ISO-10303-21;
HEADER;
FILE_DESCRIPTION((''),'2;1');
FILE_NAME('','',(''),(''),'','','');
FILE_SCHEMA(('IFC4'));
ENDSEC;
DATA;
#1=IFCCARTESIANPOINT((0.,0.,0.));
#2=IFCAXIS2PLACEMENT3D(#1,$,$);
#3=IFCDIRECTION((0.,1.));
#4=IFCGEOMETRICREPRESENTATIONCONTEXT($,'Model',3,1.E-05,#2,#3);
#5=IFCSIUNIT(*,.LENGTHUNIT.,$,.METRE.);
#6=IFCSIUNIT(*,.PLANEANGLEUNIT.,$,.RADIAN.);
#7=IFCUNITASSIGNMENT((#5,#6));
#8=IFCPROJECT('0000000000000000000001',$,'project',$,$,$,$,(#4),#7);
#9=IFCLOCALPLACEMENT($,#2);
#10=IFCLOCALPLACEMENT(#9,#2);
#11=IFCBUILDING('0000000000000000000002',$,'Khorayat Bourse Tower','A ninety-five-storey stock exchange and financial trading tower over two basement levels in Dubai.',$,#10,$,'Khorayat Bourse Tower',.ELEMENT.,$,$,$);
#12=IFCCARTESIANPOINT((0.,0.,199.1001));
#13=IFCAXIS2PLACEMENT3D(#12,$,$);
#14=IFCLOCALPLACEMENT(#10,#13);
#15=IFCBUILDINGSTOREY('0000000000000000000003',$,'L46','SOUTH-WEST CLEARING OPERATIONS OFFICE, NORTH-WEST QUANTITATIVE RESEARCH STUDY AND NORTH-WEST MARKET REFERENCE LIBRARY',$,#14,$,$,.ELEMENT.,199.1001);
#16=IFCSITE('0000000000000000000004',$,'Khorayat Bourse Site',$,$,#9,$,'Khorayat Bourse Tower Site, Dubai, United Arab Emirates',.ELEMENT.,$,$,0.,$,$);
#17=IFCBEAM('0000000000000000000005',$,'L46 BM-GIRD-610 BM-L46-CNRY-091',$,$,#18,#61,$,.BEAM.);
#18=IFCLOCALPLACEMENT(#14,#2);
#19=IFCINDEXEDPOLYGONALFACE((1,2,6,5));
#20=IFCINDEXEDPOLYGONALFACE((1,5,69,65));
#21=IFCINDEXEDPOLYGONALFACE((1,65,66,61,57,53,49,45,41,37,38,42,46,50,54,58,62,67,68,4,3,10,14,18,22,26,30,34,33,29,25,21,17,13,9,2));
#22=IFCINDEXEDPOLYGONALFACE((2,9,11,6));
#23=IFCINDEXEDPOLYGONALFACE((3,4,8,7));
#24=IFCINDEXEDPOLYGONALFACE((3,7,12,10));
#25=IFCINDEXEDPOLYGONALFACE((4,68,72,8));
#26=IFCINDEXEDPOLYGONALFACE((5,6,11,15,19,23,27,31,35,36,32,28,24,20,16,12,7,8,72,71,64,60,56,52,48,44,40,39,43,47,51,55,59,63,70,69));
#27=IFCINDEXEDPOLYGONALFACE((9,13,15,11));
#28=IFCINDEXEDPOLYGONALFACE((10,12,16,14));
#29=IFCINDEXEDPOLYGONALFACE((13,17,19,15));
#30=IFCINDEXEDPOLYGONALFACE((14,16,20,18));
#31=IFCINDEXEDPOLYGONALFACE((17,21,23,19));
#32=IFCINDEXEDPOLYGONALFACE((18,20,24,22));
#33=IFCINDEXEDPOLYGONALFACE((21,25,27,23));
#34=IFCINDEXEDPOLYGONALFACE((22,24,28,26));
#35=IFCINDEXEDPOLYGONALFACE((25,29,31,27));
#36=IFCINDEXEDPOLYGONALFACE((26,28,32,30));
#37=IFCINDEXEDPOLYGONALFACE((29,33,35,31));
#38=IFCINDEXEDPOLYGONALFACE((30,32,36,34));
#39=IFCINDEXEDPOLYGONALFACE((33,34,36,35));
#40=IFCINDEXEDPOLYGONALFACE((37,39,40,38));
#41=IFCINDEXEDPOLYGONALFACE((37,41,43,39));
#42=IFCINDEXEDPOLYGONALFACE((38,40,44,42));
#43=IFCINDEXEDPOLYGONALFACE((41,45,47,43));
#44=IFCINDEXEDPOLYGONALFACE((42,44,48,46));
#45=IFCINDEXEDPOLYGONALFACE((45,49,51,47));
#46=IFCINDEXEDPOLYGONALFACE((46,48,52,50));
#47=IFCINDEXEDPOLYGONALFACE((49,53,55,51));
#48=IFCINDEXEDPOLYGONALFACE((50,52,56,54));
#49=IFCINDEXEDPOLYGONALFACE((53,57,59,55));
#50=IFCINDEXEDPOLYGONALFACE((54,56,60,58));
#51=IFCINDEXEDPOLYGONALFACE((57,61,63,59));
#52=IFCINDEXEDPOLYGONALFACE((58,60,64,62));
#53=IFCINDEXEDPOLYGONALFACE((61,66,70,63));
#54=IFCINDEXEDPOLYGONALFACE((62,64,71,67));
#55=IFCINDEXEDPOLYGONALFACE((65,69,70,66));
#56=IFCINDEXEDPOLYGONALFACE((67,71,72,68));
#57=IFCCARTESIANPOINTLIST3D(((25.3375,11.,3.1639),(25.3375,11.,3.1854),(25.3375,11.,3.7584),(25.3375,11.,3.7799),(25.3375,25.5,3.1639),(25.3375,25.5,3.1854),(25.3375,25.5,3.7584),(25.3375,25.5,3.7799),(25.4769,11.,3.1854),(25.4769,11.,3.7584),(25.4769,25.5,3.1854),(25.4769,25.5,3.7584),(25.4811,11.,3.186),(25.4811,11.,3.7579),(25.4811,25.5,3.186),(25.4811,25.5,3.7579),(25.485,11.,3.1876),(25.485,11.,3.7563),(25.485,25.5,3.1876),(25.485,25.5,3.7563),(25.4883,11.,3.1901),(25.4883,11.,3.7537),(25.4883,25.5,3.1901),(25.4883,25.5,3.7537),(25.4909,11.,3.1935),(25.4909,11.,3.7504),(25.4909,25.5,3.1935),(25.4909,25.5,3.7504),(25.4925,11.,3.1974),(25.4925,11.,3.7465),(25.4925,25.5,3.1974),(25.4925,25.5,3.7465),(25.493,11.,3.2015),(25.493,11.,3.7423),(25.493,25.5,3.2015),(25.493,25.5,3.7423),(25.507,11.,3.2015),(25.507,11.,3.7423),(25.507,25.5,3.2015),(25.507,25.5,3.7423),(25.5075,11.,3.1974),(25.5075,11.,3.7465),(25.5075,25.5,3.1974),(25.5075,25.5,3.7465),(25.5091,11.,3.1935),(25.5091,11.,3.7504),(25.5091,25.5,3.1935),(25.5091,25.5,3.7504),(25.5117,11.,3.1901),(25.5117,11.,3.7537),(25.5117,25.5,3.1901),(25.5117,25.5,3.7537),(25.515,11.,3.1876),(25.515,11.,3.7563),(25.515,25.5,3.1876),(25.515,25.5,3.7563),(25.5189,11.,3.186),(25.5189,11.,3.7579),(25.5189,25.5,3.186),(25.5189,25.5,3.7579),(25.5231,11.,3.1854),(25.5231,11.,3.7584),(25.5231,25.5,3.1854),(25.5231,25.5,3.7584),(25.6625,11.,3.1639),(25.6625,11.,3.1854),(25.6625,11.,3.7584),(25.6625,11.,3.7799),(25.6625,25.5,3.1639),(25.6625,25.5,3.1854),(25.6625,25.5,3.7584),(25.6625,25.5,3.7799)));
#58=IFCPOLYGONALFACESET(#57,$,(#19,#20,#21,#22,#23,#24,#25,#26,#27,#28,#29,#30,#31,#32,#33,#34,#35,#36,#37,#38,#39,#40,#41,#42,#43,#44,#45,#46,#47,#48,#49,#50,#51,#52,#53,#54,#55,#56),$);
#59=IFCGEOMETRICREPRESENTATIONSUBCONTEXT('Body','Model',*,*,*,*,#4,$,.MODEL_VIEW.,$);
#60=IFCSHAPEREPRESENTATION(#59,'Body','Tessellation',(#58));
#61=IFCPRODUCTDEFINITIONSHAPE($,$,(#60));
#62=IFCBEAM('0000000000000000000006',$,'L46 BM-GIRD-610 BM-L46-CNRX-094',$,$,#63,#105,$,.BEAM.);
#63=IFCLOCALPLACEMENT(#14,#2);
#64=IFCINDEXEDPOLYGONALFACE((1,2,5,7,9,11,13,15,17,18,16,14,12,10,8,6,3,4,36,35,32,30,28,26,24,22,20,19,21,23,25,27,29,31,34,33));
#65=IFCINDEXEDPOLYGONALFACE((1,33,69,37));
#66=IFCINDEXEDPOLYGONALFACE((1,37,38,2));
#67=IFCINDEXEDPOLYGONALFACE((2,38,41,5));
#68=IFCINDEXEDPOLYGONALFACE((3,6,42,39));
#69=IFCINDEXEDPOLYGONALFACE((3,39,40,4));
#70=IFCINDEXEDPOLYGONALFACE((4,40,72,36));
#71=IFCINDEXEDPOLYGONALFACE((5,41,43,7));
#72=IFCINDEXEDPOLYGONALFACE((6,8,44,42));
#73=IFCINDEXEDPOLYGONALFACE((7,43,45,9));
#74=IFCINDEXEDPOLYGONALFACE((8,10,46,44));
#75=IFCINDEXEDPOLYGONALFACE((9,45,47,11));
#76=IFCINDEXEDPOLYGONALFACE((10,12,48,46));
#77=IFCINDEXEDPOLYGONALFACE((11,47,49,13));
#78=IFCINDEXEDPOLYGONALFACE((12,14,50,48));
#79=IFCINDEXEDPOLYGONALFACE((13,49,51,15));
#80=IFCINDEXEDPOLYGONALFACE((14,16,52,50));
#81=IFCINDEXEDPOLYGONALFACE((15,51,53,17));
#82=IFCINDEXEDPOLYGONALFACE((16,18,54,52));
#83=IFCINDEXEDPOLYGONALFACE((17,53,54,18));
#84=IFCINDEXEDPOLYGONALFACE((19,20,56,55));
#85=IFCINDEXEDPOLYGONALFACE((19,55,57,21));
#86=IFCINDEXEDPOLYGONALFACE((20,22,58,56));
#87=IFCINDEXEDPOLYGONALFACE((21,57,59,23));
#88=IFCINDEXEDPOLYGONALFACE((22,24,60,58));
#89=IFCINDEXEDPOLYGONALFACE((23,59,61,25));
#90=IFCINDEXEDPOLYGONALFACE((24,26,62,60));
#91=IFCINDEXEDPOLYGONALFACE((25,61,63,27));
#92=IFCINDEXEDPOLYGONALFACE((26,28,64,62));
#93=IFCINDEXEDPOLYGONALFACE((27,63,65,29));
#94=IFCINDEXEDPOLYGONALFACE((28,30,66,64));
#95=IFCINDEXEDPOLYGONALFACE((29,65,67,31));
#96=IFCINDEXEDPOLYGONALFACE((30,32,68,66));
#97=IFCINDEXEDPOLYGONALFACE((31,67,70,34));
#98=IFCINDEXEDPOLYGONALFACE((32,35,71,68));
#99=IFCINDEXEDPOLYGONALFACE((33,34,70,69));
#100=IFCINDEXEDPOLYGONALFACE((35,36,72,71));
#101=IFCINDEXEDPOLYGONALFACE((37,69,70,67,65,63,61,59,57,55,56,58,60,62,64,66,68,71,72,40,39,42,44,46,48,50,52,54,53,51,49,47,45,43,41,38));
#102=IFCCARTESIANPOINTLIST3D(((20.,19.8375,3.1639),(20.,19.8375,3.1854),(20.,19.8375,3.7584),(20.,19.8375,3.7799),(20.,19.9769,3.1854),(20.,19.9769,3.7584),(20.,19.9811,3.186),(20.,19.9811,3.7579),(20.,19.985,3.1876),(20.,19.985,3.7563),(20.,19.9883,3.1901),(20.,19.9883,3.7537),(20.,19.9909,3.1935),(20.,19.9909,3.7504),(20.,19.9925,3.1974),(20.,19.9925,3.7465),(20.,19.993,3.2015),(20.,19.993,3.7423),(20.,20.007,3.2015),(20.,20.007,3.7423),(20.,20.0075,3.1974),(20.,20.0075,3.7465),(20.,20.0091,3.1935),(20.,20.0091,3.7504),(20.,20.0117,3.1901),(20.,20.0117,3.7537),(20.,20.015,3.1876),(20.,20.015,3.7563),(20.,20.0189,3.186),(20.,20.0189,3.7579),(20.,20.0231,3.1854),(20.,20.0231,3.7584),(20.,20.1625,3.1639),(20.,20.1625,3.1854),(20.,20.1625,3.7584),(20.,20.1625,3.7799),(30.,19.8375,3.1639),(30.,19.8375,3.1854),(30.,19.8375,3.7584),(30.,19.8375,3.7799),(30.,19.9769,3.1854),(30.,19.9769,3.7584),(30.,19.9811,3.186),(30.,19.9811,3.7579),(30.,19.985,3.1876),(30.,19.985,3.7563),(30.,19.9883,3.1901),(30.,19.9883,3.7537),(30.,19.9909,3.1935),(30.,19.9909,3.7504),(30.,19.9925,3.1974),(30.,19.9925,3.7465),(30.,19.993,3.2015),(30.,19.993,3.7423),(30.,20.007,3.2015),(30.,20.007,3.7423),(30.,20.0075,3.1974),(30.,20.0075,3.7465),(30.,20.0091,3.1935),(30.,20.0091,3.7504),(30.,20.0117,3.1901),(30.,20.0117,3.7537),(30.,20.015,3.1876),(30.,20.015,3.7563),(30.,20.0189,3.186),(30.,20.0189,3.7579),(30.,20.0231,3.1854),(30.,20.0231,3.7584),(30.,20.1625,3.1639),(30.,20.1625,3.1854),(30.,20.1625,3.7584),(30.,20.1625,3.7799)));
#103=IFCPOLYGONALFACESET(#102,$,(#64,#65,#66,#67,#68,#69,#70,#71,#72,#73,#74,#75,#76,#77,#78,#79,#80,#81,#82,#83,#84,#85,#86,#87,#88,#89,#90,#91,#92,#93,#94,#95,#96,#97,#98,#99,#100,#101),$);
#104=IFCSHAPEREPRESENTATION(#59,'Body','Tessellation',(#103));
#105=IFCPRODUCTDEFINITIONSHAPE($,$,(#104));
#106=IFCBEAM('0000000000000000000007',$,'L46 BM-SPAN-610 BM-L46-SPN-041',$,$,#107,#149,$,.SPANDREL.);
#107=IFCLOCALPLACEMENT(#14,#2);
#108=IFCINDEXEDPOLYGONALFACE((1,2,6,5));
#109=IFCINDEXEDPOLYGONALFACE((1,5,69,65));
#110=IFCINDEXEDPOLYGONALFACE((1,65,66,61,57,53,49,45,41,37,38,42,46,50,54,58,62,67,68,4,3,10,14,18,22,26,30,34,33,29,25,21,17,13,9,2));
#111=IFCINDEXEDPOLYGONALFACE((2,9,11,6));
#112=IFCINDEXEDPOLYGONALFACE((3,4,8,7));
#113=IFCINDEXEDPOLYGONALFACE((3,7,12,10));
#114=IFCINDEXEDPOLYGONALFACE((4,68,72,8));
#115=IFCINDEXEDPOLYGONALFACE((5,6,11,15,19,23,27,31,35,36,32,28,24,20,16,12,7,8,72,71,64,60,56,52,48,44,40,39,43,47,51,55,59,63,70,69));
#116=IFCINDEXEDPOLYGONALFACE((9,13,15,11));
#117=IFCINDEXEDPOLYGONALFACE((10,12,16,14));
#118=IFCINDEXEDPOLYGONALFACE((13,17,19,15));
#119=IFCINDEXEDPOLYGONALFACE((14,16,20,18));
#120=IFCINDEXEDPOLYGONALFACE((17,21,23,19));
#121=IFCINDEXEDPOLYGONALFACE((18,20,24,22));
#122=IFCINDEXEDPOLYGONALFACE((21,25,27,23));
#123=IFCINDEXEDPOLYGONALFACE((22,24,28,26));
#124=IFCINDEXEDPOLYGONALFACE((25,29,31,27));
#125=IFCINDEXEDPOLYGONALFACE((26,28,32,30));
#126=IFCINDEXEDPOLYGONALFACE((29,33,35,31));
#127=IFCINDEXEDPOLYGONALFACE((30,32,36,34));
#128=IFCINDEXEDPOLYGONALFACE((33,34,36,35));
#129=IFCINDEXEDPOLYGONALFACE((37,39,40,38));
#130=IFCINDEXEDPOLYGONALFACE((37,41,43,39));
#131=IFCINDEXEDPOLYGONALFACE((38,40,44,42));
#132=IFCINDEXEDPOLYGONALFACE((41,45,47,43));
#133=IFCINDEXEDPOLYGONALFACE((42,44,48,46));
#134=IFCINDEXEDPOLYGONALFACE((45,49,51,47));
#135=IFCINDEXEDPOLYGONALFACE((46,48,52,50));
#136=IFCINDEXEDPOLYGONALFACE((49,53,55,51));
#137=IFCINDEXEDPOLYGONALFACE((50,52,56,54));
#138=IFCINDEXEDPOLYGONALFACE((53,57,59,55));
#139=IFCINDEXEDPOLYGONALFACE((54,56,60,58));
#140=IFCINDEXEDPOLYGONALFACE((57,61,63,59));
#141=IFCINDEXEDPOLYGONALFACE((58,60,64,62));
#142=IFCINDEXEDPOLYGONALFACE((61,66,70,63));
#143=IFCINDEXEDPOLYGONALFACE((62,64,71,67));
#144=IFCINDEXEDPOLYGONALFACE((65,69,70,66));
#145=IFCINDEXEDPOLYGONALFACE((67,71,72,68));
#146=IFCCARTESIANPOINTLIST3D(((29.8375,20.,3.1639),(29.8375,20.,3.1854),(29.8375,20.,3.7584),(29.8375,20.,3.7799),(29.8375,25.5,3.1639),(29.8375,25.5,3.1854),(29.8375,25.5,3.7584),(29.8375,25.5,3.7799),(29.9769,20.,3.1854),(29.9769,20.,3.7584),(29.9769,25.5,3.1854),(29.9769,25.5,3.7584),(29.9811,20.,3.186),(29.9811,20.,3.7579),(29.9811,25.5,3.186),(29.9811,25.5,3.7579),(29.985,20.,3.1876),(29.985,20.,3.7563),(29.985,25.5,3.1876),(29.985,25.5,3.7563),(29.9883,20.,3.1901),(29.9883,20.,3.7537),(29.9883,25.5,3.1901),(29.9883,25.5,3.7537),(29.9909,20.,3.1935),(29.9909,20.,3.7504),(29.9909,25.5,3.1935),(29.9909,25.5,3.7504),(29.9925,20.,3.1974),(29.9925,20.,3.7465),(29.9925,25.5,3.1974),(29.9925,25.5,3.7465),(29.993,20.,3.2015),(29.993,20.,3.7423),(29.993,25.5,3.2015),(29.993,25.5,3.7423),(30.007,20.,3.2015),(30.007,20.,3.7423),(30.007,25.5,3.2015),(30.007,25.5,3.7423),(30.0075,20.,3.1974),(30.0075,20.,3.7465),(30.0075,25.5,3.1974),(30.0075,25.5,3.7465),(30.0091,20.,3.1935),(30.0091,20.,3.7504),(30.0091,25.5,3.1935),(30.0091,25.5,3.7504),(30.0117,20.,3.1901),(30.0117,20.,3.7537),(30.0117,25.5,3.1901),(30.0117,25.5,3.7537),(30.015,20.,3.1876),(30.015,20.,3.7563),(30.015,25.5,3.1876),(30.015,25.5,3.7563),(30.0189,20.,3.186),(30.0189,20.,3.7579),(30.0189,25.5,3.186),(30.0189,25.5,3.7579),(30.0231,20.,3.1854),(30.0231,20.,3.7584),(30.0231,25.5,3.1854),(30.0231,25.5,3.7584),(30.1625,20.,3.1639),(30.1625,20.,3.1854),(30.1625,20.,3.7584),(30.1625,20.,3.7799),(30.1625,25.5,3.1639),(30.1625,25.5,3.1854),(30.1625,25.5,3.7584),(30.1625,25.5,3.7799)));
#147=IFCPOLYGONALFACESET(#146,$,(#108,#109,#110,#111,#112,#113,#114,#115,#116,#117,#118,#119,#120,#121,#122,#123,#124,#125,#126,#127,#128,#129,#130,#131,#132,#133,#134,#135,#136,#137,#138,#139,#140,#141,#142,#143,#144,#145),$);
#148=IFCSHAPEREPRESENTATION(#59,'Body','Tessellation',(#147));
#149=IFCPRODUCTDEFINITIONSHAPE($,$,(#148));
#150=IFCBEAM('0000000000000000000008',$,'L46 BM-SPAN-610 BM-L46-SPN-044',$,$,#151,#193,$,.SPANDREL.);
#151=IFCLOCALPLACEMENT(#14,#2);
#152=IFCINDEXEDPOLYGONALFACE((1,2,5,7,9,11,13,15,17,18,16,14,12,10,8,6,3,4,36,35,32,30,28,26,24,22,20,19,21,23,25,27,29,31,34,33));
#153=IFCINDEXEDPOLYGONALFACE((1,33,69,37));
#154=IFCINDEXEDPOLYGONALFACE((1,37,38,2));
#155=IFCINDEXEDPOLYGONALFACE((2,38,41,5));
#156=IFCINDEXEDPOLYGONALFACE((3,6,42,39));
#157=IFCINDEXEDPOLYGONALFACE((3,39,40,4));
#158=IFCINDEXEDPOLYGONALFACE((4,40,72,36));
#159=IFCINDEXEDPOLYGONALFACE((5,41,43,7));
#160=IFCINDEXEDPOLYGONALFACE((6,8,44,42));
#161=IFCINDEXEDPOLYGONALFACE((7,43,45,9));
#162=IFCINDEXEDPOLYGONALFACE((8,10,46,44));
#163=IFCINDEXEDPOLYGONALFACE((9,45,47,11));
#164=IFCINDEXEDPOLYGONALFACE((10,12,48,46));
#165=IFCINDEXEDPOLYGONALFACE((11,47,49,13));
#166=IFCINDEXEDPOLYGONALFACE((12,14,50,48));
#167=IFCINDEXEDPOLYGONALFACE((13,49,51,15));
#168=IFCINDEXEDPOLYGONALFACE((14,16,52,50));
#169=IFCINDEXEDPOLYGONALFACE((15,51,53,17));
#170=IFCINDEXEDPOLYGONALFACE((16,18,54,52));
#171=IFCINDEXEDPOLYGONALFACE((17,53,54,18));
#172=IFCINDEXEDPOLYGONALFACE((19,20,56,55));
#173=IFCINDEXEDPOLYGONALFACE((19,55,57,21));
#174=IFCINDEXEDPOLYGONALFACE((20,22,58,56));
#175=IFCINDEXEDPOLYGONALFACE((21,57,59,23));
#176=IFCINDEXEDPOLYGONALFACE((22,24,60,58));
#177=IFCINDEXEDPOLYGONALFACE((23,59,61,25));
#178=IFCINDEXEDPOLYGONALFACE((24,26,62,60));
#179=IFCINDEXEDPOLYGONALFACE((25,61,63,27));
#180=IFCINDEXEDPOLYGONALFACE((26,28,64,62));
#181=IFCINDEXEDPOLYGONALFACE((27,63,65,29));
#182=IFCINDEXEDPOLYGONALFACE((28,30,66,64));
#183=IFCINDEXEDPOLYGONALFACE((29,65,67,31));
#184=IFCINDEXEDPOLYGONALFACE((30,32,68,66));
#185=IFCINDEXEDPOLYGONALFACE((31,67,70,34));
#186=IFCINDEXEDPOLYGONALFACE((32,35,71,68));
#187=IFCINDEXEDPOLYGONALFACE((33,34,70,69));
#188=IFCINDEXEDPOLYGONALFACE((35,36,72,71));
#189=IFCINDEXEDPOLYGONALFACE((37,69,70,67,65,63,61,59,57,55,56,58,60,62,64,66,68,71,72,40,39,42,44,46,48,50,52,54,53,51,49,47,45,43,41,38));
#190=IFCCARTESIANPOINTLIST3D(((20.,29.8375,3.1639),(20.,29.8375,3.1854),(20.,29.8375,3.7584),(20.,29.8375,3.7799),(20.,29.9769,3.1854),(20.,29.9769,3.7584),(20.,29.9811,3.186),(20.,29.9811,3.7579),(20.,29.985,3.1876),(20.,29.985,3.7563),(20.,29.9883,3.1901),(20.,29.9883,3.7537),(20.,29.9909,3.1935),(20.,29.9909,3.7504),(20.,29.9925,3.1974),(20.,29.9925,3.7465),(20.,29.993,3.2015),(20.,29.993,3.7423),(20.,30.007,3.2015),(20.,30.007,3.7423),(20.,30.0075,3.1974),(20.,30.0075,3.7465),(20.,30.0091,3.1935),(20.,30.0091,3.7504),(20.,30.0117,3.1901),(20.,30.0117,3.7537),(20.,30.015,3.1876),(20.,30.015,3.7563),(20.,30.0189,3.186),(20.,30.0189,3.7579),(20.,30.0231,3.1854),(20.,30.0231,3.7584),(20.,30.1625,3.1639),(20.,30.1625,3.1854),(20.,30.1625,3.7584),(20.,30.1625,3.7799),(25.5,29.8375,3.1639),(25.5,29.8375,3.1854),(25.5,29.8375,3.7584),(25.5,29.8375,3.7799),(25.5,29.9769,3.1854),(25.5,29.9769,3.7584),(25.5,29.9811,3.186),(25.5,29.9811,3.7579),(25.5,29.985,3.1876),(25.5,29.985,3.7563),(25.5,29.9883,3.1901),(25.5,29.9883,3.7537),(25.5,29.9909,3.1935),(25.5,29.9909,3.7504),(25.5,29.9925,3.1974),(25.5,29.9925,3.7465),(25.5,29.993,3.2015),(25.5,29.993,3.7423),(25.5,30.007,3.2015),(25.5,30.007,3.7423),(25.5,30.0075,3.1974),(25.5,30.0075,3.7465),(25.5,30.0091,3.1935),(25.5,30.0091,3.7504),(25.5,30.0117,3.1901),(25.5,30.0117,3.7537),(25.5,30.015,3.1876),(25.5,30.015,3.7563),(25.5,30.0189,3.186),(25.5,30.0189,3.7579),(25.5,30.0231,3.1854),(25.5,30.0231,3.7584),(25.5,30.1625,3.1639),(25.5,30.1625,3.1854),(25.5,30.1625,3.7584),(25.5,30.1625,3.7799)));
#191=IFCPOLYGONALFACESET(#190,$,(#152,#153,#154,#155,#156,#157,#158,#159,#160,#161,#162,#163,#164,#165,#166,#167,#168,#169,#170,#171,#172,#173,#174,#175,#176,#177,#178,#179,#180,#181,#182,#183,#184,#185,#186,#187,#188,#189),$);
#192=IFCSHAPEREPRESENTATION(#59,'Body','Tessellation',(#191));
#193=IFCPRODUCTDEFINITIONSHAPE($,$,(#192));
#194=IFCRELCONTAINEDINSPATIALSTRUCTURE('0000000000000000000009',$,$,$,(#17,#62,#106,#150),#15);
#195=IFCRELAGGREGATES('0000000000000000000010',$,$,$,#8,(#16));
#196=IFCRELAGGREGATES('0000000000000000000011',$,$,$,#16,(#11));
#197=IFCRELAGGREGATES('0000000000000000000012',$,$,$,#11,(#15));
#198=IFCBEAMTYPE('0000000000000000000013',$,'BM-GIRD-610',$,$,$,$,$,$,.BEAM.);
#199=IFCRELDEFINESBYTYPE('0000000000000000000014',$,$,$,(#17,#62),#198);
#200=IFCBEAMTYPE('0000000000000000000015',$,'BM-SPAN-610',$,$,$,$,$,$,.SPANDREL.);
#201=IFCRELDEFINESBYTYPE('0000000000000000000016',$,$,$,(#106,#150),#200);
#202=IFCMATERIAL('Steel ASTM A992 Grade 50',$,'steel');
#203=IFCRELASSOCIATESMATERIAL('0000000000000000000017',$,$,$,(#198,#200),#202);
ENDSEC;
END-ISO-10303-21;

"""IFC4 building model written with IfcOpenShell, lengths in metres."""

from ifc_helpers import new_model, si_unit, direction, frame, origin, origin_2d, place, context, subcontext, project, spatial, i_section, extrude, source, transform, mapped, material, material_profile, profile_set, type_object, element, save


model = new_model("IFC4")

# Units and contexts
model_context = context("Model", 3, precision=1e-05, world=origin(), true_north=direction((0.0, 1.0)))
body_context = subcontext(model_context, "Body", "Model", "MODEL_VIEW")
ifc_project = project(units=[si_unit("LENGTHUNIT", "METRE"), si_unit("PLANEANGLEUNIT", "RADIAN")], contexts=[model_context])

# Site, building, storey
site_placement = place(None, origin())
site = spatial("IfcSite", under=ifc_project, at=site_placement, Name="Khorayat Bourse Site", LongName="Khorayat Bourse Tower Site, Dubai, United Arab Emirates", CompositionType="ELEMENT", RefElevation=0.0)
building_placement = place(site_placement, origin())
building = spatial("IfcBuilding", under=site, at=building_placement, Name="Khorayat Bourse Tower", Description="A ninety-five-storey stock exchange and financial trading tower over two basement levels in Dubai.", LongName="Khorayat Bourse Tower", CompositionType="ELEMENT")
storey_placement = place(building_placement, frame((0.0, 0.0, 199.1001)))
storey = spatial("IfcBuildingStorey", under=building, at=storey_placement, Name="L46", Description="SOUTH-WEST CLEARING OPERATIONS OFFICE, NORTH-WEST QUANTITATIVE RESEARCH STUDY AND NORTH-WEST MARKET REFERENCE LIBRARY", CompositionType="ELEMENT", Elevation=199.1001)

# Beams
ifc_material_1 = material(Name="Steel ASTM A992 Grade 50", Category="steel")
ifc_material_profile_1 = material_profile(ifc_material_1, i_section(OverallWidth=0.325, OverallDepth=0.616, WebThickness=0.0139, FlangeThickness=0.0215, FilletRadius=0.0161, at=origin_2d()), Name="W610X174")
ifc_profile_set_1 = profile_set([ifc_material_profile_1], Name="Steel ASTM A992 Grade 50")
beam_type_1 = type_object("IfcBeamType", Name="BM-GIRD-610", PredefinedType="BEAM", material=ifc_profile_set_1)
shared_shape_1 = source(origin(), body_context, "Body", "SweptSolid", [
    extrude(i_section(OverallWidth=0.325, OverallDepth=0.616, WebThickness=0.0139, FlangeThickness=0.0215, FilletRadius=0.0161, at=origin_2d()), origin(), (0.0, 0.0, 1.0), 14.5),
])
beam_1_placement = place(storey_placement, frame((25.5, 11.0, 3.4719), z_axis=(0.0, 1.0, 0.0), x_axis=(-1.0, 0.0, 0.0)))
element("IfcBeam", 1, at=beam_1_placement, inside=storey, type_object=beam_type_1, Name="L46 BM-GIRD-610 BM-L46-CNRY-091", PredefinedType="BEAM", context=body_context, shape_type="MappedRepresentation", body=[
    mapped(shared_shape_1, transform((0.0, 0.0, 0.0), scale=1.0)),
])
shared_shape_2 = source(origin(), body_context, "Body", "SweptSolid", [
    extrude(i_section(OverallWidth=0.325, OverallDepth=0.616, WebThickness=0.0139, FlangeThickness=0.0215, FilletRadius=0.0161, at=origin_2d()), origin(), (0.0, 0.0, 1.0), 10.0),
])
beam_2_placement = place(storey_placement, frame((20.0, 20.0, 3.4719), z_axis=(1.0, 0.0, 0.0), x_axis=(0.0, 1.0, 0.0)))
element("IfcBeam", 2, at=beam_2_placement, inside=storey, type_object=beam_type_1, Name="L46 BM-GIRD-610 BM-L46-CNRX-094", PredefinedType="BEAM", context=body_context, shape_type="MappedRepresentation", body=[
    mapped(shared_shape_2, transform((0.0, 0.0, 0.0), scale=1.0)),
])
ifc_material_profile_2 = material_profile(ifc_material_1, i_section(OverallWidth=0.325, OverallDepth=0.616, WebThickness=0.0139, FlangeThickness=0.0215, FilletRadius=0.0161, at=origin_2d()), Name="W610X174")
ifc_profile_set_2 = profile_set([ifc_material_profile_2], Name="Steel ASTM A992 Grade 50")
beam_type_2 = type_object("IfcBeamType", Name="BM-SPAN-610", PredefinedType="SPANDREL", material=ifc_profile_set_2)
shared_shape_3 = source(origin(), body_context, "Body", "SweptSolid", [
    extrude(i_section(OverallWidth=0.325, OverallDepth=0.616, WebThickness=0.0139, FlangeThickness=0.0215, FilletRadius=0.0161, at=origin_2d()), origin(), (0.0, 0.0, 1.0), 5.5),
])
for number, where, z_axis, x_axis, name in (
    (3, (30.0, 20.0, 3.4719), (0.0, 1.0, 0.0), (-1.0, 0.0, 0.0), "L46 BM-SPAN-610 BM-L46-SPN-041"),
    (4, (20.0, 30.0, 3.4719), (1.0, 0.0, 0.0), (0.0, 1.0, 0.0), "L46 BM-SPAN-610 BM-L46-SPN-044"),
):
    element("IfcBeam", number, at=place(storey_placement, frame(where, z_axis=z_axis, x_axis=x_axis)), inside=storey, type_object=beam_type_2, Name=name, PredefinedType="SPANDREL", context=body_context, shape_type="MappedRepresentation", body=[
        mapped(shared_shape_3, transform((0.0, 0.0, 0.0), scale=1.0)),
    ])

save(model, "model.ifc")
